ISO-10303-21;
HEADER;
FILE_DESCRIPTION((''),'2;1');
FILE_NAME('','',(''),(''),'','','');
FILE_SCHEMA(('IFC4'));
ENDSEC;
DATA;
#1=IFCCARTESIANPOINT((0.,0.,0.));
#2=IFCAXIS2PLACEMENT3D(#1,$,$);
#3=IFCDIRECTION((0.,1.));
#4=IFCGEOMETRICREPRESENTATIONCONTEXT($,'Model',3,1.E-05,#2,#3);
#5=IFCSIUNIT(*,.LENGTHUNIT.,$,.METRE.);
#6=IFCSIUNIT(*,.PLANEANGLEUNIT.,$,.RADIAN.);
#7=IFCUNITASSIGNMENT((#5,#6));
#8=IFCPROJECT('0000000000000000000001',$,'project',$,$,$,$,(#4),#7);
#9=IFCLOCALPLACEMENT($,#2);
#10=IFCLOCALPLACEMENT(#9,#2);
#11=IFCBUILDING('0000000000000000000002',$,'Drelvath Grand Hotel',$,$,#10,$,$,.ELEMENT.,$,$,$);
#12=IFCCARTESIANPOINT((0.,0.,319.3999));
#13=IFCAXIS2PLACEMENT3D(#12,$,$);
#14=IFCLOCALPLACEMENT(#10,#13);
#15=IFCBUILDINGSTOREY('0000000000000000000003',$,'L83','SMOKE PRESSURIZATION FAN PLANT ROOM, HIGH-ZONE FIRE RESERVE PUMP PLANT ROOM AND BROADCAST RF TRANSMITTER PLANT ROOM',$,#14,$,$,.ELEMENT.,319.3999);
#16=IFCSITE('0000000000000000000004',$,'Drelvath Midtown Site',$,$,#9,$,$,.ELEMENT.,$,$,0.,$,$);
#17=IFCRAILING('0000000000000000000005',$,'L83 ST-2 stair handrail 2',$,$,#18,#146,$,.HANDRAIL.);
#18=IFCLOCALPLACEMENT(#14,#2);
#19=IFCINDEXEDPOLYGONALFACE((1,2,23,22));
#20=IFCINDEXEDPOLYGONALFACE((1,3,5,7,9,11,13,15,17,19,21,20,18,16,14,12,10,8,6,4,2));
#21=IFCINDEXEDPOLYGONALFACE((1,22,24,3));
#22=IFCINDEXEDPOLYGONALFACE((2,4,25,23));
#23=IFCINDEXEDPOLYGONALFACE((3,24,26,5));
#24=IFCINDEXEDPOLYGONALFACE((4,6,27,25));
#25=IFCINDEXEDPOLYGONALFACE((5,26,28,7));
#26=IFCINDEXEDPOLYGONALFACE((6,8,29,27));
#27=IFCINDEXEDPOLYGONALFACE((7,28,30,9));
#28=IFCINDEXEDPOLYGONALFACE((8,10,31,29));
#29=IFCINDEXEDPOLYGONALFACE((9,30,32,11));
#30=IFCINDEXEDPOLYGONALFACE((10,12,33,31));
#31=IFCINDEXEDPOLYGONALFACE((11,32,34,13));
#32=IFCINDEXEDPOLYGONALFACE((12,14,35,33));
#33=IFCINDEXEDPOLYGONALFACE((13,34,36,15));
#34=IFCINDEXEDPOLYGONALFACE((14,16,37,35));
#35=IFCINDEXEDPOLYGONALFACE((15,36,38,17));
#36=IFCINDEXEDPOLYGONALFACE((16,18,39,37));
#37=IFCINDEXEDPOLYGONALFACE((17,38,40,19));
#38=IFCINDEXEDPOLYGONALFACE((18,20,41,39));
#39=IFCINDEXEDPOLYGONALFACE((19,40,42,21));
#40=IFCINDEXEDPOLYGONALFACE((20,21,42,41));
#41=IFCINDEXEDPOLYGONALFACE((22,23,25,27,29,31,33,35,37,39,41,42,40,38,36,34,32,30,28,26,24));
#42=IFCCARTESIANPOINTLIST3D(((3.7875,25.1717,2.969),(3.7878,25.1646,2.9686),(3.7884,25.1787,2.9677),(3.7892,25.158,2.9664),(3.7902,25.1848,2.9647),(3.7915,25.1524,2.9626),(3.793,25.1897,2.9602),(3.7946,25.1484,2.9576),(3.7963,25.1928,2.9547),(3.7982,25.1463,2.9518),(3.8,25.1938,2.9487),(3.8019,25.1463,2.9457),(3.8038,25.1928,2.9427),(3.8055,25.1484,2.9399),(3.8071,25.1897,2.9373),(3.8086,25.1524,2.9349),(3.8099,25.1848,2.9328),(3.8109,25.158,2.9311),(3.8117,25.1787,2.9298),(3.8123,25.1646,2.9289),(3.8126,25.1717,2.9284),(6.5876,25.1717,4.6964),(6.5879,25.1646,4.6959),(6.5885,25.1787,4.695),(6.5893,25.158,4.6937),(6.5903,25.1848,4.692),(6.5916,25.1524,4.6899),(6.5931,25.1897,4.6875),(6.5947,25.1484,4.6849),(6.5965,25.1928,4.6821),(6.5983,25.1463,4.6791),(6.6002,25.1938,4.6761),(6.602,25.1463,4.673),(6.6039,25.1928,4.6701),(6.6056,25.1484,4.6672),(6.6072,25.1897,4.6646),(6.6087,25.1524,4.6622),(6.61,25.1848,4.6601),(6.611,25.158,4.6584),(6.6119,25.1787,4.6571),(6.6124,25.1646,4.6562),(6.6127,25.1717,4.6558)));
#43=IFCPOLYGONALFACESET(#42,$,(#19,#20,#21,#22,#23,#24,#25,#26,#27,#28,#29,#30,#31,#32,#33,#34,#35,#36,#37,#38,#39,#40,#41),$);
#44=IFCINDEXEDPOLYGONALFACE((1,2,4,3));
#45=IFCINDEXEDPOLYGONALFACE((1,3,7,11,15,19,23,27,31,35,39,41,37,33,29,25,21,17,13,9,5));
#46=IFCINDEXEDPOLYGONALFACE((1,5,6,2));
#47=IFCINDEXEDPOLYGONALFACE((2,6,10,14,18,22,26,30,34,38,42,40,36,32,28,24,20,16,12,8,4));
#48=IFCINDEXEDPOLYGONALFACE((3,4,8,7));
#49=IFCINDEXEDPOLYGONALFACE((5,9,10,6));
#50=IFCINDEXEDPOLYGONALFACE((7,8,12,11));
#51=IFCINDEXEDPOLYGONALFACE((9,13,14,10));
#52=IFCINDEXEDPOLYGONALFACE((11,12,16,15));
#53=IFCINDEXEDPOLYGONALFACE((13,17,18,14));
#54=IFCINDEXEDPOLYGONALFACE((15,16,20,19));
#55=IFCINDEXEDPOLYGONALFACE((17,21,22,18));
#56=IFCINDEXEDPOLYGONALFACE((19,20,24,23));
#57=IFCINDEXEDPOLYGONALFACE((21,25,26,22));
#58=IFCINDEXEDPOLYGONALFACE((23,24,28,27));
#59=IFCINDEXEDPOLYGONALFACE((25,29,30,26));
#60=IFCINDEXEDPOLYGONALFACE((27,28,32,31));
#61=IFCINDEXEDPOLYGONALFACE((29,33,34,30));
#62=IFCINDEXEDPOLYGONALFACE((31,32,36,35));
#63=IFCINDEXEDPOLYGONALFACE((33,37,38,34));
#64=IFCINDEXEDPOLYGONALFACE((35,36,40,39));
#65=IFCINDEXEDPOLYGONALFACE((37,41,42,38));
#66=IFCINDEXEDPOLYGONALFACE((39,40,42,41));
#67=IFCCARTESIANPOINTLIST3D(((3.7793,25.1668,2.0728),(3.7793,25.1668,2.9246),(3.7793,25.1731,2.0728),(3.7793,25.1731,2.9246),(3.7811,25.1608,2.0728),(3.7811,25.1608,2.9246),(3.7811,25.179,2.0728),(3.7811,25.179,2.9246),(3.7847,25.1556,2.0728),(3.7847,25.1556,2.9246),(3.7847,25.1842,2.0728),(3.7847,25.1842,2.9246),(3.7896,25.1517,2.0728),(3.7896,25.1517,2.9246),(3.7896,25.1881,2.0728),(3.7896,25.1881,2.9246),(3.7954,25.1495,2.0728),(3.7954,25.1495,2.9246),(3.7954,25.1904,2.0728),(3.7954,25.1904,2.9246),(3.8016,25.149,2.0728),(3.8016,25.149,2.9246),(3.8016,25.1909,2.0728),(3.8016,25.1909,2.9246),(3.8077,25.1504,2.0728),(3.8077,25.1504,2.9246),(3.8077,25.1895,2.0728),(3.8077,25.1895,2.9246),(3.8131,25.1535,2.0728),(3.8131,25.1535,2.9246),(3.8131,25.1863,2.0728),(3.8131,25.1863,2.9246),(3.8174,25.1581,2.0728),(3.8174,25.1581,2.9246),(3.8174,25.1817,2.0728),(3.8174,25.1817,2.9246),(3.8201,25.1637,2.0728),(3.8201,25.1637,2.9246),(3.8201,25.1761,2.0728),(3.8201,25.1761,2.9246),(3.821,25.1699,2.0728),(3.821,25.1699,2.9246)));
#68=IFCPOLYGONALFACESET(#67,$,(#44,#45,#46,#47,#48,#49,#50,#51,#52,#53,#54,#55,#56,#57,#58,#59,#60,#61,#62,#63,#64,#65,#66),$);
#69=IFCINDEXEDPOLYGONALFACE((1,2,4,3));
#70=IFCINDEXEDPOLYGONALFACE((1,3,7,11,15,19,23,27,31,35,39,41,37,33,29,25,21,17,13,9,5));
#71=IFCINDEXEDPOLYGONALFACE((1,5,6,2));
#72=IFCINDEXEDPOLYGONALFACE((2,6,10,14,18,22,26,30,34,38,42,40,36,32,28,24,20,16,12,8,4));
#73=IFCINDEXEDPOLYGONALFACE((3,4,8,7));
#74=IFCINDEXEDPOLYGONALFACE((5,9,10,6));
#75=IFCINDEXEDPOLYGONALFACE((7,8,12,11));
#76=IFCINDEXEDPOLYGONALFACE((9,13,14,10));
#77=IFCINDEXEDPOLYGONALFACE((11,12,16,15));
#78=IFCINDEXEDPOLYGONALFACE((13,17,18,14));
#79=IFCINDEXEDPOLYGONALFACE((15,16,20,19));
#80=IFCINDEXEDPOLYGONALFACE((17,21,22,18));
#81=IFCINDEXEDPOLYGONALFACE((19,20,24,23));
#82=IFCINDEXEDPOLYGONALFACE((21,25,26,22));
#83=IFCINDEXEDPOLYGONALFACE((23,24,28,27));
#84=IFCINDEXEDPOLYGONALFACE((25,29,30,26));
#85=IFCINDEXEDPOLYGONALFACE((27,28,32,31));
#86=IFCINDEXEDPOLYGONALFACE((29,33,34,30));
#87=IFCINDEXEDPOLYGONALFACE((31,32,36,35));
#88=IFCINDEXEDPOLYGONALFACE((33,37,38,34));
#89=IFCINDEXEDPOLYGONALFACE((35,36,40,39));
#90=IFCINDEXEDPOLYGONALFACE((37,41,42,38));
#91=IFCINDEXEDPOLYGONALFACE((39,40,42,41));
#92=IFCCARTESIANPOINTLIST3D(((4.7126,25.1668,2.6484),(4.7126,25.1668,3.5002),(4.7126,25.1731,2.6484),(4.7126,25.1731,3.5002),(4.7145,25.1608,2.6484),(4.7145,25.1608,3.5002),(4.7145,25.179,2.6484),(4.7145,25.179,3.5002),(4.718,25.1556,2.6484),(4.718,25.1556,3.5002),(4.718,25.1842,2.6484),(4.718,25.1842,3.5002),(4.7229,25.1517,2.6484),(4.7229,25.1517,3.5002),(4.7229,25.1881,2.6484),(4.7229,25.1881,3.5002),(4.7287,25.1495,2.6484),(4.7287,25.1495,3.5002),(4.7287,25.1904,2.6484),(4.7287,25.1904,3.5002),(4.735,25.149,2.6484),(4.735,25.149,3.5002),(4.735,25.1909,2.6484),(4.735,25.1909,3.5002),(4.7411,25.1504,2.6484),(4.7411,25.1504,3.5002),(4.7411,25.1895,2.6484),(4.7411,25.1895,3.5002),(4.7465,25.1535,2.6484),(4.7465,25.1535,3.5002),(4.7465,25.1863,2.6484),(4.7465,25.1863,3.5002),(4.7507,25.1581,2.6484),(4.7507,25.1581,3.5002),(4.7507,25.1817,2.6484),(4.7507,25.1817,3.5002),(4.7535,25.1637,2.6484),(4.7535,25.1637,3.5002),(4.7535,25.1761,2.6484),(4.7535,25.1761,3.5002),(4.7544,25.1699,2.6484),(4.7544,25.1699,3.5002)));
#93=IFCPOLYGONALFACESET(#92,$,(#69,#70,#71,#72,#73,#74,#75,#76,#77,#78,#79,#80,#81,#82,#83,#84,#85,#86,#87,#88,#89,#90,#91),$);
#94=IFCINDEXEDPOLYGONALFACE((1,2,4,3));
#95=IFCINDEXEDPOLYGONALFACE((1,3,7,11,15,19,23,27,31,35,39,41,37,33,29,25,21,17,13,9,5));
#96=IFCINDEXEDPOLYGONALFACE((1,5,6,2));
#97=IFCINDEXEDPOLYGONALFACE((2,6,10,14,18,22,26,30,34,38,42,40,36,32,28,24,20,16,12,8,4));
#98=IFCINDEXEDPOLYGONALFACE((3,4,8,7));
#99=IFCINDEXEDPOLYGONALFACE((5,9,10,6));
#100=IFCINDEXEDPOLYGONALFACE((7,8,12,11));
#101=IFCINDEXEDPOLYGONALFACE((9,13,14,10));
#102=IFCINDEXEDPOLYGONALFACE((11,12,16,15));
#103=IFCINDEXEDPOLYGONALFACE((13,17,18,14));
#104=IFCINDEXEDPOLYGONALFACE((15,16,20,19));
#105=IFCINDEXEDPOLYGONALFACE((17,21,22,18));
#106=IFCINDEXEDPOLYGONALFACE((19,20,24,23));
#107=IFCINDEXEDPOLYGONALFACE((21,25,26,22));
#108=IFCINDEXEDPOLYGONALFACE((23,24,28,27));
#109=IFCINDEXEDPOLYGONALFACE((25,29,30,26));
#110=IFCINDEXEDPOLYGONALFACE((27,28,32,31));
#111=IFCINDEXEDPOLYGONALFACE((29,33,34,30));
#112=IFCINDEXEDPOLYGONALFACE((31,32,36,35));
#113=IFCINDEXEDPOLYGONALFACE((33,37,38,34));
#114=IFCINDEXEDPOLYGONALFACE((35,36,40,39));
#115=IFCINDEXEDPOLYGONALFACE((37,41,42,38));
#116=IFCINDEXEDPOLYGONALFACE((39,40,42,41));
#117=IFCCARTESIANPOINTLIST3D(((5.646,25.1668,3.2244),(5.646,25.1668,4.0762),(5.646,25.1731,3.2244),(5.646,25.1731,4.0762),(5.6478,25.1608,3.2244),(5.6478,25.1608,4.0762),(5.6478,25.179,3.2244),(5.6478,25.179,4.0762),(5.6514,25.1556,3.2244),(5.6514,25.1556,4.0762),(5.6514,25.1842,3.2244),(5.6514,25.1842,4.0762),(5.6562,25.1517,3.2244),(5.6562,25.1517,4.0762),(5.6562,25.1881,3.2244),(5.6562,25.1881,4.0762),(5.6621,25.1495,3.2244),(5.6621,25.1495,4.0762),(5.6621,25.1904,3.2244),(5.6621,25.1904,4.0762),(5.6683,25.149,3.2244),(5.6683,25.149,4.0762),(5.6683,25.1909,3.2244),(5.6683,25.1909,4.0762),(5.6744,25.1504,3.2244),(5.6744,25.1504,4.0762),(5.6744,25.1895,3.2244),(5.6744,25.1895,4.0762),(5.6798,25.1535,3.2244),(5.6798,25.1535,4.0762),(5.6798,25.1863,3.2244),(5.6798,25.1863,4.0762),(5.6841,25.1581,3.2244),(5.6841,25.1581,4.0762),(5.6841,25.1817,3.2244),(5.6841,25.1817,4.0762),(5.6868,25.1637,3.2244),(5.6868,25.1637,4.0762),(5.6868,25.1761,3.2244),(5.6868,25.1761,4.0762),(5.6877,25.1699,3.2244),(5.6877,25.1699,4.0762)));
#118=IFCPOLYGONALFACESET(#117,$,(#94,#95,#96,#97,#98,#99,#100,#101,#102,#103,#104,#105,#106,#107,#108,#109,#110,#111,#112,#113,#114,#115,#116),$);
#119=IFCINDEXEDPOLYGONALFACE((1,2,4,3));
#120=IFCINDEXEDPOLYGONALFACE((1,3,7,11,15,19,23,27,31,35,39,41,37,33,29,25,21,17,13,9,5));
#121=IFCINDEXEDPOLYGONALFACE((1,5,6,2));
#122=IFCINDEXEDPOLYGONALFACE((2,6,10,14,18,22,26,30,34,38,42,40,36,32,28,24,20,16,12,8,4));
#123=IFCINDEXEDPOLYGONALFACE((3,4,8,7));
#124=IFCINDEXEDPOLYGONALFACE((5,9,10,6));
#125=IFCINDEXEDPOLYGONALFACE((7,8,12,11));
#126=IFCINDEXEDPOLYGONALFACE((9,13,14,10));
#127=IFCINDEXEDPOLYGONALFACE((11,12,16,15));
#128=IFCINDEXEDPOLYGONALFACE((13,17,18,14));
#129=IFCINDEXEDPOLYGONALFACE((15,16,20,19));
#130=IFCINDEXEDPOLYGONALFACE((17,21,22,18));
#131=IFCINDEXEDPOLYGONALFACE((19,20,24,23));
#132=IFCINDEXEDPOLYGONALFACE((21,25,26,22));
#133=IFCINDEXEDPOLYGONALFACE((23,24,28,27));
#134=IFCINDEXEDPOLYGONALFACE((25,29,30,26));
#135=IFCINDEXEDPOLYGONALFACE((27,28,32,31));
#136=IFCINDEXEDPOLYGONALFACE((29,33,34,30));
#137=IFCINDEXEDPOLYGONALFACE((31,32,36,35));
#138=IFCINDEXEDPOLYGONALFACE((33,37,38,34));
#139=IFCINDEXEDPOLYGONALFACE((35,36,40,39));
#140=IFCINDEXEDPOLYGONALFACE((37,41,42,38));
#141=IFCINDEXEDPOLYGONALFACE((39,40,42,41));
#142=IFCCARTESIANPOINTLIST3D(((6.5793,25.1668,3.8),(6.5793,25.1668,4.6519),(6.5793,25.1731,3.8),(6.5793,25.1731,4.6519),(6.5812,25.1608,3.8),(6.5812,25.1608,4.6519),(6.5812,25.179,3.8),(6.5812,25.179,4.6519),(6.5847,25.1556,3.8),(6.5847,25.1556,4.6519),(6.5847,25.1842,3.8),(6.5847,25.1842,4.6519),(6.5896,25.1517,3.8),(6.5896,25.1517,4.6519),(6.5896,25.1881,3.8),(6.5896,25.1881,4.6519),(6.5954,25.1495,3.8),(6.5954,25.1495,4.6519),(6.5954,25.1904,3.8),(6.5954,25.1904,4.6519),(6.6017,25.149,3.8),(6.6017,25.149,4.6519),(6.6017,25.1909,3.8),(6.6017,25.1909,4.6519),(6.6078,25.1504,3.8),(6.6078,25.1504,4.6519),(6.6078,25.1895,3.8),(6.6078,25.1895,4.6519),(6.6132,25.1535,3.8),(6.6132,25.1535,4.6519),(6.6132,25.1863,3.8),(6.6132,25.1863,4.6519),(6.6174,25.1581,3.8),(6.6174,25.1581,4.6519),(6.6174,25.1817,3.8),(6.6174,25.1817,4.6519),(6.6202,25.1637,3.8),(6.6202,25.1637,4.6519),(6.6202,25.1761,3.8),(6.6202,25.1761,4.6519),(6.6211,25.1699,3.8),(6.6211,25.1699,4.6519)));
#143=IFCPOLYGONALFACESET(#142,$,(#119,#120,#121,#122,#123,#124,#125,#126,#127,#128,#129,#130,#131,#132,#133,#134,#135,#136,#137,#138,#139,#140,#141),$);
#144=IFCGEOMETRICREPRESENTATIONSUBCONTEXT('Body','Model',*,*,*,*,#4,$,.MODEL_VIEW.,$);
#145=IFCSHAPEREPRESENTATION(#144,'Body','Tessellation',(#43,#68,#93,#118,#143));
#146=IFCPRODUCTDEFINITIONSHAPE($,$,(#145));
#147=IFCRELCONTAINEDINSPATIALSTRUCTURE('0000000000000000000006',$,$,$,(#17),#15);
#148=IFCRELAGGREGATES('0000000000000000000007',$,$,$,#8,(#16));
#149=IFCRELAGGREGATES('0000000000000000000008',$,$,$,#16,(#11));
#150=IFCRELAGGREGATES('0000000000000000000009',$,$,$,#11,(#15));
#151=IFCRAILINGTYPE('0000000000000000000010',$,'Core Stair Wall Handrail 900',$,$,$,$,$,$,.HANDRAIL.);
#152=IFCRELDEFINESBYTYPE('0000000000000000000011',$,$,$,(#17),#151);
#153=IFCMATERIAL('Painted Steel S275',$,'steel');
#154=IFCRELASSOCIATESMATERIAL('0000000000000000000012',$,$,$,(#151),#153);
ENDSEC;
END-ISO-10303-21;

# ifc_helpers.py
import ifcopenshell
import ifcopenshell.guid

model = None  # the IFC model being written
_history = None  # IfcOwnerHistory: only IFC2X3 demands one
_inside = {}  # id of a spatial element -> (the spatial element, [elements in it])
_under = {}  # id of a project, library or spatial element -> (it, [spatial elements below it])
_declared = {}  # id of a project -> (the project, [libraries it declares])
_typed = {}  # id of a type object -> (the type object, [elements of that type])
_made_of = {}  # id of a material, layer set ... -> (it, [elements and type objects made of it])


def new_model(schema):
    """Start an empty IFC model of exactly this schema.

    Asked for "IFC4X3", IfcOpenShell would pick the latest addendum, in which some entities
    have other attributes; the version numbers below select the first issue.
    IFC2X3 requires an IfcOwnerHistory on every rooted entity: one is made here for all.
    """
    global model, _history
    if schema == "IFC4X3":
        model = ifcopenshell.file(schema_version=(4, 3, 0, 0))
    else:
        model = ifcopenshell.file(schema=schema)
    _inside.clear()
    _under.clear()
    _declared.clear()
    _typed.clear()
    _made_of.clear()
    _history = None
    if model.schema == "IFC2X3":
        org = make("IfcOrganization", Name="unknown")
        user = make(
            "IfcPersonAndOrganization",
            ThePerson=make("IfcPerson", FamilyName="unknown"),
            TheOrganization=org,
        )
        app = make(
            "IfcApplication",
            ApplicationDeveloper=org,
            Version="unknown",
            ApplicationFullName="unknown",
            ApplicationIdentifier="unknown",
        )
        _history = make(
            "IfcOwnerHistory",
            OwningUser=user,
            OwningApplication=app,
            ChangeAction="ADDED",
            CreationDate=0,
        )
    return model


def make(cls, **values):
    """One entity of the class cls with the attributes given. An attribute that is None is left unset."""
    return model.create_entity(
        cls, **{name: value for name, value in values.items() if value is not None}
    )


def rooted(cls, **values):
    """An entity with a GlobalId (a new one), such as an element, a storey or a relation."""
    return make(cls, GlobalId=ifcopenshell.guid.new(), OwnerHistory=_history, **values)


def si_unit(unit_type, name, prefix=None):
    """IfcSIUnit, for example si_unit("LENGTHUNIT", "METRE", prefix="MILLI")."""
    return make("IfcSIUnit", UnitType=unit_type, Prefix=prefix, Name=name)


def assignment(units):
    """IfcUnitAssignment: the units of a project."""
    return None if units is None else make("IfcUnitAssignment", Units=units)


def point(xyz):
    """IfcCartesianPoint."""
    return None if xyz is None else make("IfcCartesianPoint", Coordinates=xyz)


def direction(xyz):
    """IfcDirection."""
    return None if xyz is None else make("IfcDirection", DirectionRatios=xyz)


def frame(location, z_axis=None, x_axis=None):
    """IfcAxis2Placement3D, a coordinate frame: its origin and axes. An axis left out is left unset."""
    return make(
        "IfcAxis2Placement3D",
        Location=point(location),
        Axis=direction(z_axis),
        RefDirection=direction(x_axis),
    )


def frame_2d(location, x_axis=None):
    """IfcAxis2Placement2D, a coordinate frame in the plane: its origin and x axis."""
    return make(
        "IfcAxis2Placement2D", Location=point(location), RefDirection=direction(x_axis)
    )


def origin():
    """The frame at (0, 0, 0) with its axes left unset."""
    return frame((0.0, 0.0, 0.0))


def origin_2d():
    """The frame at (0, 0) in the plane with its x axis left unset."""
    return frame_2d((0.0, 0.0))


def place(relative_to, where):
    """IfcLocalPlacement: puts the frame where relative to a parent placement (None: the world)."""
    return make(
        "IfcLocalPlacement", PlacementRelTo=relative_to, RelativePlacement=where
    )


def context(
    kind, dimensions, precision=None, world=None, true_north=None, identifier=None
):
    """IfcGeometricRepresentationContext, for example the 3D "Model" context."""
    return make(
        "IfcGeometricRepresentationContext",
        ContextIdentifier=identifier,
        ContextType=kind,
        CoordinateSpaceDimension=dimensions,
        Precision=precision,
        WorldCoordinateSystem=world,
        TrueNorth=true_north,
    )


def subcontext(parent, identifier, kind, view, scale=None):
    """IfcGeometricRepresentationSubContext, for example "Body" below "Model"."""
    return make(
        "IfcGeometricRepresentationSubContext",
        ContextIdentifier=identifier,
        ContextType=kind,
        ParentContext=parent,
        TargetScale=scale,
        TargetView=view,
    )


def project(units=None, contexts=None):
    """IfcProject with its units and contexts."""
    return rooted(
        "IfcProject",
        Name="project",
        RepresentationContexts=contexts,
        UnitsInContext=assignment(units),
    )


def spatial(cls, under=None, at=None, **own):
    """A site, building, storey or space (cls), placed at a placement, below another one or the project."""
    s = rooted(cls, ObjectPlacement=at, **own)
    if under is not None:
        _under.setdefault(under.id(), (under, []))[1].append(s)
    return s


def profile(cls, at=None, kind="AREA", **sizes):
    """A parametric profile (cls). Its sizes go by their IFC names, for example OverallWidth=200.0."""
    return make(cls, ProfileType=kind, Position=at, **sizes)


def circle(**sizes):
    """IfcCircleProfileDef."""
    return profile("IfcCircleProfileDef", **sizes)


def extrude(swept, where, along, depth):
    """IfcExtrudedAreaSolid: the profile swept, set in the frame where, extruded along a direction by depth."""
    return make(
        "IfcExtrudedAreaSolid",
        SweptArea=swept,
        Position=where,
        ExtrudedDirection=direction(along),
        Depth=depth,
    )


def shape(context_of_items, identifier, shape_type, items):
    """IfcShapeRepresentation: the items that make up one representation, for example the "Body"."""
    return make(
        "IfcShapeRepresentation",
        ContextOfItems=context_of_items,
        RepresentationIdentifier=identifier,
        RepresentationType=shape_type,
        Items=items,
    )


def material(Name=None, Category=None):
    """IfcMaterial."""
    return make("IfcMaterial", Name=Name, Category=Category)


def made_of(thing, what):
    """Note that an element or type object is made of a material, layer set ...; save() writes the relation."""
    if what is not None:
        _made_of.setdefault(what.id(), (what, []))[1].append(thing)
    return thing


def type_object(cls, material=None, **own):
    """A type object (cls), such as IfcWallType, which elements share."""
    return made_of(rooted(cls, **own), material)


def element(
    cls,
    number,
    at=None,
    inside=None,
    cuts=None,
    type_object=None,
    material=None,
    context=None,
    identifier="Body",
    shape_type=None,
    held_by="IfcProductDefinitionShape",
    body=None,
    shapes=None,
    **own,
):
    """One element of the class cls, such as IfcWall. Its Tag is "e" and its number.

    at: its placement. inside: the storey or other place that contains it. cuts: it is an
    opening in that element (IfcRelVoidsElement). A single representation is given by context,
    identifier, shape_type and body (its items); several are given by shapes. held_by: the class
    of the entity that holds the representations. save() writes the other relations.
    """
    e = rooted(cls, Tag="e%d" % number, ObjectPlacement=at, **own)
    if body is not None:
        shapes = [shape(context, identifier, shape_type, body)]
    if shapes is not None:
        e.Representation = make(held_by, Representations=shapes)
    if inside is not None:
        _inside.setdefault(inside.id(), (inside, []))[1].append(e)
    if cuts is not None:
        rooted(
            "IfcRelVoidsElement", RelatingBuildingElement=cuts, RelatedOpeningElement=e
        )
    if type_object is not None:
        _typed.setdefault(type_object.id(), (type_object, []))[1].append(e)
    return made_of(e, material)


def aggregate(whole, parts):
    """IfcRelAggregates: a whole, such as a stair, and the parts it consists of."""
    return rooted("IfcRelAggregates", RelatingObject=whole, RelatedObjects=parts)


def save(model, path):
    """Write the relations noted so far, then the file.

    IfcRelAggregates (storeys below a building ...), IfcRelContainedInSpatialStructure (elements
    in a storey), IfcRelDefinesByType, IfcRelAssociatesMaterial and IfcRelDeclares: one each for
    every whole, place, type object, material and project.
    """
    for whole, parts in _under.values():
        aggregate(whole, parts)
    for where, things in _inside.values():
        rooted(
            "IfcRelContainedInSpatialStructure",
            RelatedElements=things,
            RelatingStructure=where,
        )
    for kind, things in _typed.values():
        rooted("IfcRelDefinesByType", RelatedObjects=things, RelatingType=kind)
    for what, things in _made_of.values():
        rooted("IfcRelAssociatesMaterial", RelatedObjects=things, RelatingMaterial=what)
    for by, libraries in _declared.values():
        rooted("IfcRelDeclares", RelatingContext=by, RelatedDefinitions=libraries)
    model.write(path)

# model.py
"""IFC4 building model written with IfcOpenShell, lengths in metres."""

from ifc_helpers import new_model, si_unit, direction, frame, origin, origin_2d, place, context, subcontext, project, spatial, circle, extrude, material, type_object, element, save


model = new_model("IFC4")

# Units and contexts
model_context = context("Model", 3, precision=1e-05, world=origin(), true_north=direction((0.0, 1.0)))
body_context = subcontext(model_context, "Body", "Model", "MODEL_VIEW")
ifc_project = project(units=[si_unit("LENGTHUNIT", "METRE"), si_unit("PLANEANGLEUNIT", "RADIAN")], contexts=[model_context])

# Site, building, storey
site_placement = place(None, origin())
site = spatial("IfcSite", under=ifc_project, at=site_placement, Name="Drelvath Midtown Site", CompositionType="ELEMENT", RefElevation=0.0)
building_placement = place(site_placement, origin())
building = spatial("IfcBuilding", under=site, at=building_placement, Name="Drelvath Grand Hotel", CompositionType="ELEMENT")
storey_placement = place(building_placement, frame((0.0, 0.0, 319.3999)))
storey = spatial("IfcBuildingStorey", under=building, at=storey_placement, Name="L83", Description="SMOKE PRESSURIZATION FAN PLANT ROOM, HIGH-ZONE FIRE RESERVE PUMP PLANT ROOM AND BROADCAST RF TRANSMITTER PLANT ROOM", CompositionType="ELEMENT", Elevation=319.3999)

# Shared definitions
ifc_material_1 = material(Name="Painted Steel S275", Category="steel")

# Railing
railing_type_1 = type_object("IfcRailingType", Name="Core Stair Wall Handrail 900", PredefinedType="HANDRAIL", material=ifc_material_1)
railing_1_placement = place(storey_placement, frame((3.8, 25.1699, 2.0728)))
element("IfcRailing", 1, at=railing_1_placement, inside=storey, type_object=railing_type_1, Name="L83 ST-2 stair handrail 2", PredefinedType="HANDRAIL", context=body_context, shape_type="SweptSolid", body=[
    extrude(circle(Radius=0.0239, at=origin_2d()), frame((0.0, 0.0, 0.876), z_axis=(0.85109, 0.0, 0.52502), x_axis=(0.0, 1.0, 0.0)), (0.0, 0.0, 1.0), 3.29),
    extrude(circle(Radius=0.021, at=origin_2d()), origin(), (0.0, 0.0, 1.0), 0.8518),
    extrude(circle(Radius=0.021, at=origin_2d()), frame((0.9333, 0.0, 0.5757)), (0.0, 0.0, 1.0), 0.8518),
    extrude(circle(Radius=0.021, at=origin_2d()), frame((1.8667, 0.0, 1.1516)), (0.0, 0.0, 1.0), 0.8518),
    extrude(circle(Radius=0.021, at=origin_2d()), frame((2.8, 0.0, 1.7273)), (0.0, 0.0, 1.0), 0.8518),
])

save(model, "model.ifc")
